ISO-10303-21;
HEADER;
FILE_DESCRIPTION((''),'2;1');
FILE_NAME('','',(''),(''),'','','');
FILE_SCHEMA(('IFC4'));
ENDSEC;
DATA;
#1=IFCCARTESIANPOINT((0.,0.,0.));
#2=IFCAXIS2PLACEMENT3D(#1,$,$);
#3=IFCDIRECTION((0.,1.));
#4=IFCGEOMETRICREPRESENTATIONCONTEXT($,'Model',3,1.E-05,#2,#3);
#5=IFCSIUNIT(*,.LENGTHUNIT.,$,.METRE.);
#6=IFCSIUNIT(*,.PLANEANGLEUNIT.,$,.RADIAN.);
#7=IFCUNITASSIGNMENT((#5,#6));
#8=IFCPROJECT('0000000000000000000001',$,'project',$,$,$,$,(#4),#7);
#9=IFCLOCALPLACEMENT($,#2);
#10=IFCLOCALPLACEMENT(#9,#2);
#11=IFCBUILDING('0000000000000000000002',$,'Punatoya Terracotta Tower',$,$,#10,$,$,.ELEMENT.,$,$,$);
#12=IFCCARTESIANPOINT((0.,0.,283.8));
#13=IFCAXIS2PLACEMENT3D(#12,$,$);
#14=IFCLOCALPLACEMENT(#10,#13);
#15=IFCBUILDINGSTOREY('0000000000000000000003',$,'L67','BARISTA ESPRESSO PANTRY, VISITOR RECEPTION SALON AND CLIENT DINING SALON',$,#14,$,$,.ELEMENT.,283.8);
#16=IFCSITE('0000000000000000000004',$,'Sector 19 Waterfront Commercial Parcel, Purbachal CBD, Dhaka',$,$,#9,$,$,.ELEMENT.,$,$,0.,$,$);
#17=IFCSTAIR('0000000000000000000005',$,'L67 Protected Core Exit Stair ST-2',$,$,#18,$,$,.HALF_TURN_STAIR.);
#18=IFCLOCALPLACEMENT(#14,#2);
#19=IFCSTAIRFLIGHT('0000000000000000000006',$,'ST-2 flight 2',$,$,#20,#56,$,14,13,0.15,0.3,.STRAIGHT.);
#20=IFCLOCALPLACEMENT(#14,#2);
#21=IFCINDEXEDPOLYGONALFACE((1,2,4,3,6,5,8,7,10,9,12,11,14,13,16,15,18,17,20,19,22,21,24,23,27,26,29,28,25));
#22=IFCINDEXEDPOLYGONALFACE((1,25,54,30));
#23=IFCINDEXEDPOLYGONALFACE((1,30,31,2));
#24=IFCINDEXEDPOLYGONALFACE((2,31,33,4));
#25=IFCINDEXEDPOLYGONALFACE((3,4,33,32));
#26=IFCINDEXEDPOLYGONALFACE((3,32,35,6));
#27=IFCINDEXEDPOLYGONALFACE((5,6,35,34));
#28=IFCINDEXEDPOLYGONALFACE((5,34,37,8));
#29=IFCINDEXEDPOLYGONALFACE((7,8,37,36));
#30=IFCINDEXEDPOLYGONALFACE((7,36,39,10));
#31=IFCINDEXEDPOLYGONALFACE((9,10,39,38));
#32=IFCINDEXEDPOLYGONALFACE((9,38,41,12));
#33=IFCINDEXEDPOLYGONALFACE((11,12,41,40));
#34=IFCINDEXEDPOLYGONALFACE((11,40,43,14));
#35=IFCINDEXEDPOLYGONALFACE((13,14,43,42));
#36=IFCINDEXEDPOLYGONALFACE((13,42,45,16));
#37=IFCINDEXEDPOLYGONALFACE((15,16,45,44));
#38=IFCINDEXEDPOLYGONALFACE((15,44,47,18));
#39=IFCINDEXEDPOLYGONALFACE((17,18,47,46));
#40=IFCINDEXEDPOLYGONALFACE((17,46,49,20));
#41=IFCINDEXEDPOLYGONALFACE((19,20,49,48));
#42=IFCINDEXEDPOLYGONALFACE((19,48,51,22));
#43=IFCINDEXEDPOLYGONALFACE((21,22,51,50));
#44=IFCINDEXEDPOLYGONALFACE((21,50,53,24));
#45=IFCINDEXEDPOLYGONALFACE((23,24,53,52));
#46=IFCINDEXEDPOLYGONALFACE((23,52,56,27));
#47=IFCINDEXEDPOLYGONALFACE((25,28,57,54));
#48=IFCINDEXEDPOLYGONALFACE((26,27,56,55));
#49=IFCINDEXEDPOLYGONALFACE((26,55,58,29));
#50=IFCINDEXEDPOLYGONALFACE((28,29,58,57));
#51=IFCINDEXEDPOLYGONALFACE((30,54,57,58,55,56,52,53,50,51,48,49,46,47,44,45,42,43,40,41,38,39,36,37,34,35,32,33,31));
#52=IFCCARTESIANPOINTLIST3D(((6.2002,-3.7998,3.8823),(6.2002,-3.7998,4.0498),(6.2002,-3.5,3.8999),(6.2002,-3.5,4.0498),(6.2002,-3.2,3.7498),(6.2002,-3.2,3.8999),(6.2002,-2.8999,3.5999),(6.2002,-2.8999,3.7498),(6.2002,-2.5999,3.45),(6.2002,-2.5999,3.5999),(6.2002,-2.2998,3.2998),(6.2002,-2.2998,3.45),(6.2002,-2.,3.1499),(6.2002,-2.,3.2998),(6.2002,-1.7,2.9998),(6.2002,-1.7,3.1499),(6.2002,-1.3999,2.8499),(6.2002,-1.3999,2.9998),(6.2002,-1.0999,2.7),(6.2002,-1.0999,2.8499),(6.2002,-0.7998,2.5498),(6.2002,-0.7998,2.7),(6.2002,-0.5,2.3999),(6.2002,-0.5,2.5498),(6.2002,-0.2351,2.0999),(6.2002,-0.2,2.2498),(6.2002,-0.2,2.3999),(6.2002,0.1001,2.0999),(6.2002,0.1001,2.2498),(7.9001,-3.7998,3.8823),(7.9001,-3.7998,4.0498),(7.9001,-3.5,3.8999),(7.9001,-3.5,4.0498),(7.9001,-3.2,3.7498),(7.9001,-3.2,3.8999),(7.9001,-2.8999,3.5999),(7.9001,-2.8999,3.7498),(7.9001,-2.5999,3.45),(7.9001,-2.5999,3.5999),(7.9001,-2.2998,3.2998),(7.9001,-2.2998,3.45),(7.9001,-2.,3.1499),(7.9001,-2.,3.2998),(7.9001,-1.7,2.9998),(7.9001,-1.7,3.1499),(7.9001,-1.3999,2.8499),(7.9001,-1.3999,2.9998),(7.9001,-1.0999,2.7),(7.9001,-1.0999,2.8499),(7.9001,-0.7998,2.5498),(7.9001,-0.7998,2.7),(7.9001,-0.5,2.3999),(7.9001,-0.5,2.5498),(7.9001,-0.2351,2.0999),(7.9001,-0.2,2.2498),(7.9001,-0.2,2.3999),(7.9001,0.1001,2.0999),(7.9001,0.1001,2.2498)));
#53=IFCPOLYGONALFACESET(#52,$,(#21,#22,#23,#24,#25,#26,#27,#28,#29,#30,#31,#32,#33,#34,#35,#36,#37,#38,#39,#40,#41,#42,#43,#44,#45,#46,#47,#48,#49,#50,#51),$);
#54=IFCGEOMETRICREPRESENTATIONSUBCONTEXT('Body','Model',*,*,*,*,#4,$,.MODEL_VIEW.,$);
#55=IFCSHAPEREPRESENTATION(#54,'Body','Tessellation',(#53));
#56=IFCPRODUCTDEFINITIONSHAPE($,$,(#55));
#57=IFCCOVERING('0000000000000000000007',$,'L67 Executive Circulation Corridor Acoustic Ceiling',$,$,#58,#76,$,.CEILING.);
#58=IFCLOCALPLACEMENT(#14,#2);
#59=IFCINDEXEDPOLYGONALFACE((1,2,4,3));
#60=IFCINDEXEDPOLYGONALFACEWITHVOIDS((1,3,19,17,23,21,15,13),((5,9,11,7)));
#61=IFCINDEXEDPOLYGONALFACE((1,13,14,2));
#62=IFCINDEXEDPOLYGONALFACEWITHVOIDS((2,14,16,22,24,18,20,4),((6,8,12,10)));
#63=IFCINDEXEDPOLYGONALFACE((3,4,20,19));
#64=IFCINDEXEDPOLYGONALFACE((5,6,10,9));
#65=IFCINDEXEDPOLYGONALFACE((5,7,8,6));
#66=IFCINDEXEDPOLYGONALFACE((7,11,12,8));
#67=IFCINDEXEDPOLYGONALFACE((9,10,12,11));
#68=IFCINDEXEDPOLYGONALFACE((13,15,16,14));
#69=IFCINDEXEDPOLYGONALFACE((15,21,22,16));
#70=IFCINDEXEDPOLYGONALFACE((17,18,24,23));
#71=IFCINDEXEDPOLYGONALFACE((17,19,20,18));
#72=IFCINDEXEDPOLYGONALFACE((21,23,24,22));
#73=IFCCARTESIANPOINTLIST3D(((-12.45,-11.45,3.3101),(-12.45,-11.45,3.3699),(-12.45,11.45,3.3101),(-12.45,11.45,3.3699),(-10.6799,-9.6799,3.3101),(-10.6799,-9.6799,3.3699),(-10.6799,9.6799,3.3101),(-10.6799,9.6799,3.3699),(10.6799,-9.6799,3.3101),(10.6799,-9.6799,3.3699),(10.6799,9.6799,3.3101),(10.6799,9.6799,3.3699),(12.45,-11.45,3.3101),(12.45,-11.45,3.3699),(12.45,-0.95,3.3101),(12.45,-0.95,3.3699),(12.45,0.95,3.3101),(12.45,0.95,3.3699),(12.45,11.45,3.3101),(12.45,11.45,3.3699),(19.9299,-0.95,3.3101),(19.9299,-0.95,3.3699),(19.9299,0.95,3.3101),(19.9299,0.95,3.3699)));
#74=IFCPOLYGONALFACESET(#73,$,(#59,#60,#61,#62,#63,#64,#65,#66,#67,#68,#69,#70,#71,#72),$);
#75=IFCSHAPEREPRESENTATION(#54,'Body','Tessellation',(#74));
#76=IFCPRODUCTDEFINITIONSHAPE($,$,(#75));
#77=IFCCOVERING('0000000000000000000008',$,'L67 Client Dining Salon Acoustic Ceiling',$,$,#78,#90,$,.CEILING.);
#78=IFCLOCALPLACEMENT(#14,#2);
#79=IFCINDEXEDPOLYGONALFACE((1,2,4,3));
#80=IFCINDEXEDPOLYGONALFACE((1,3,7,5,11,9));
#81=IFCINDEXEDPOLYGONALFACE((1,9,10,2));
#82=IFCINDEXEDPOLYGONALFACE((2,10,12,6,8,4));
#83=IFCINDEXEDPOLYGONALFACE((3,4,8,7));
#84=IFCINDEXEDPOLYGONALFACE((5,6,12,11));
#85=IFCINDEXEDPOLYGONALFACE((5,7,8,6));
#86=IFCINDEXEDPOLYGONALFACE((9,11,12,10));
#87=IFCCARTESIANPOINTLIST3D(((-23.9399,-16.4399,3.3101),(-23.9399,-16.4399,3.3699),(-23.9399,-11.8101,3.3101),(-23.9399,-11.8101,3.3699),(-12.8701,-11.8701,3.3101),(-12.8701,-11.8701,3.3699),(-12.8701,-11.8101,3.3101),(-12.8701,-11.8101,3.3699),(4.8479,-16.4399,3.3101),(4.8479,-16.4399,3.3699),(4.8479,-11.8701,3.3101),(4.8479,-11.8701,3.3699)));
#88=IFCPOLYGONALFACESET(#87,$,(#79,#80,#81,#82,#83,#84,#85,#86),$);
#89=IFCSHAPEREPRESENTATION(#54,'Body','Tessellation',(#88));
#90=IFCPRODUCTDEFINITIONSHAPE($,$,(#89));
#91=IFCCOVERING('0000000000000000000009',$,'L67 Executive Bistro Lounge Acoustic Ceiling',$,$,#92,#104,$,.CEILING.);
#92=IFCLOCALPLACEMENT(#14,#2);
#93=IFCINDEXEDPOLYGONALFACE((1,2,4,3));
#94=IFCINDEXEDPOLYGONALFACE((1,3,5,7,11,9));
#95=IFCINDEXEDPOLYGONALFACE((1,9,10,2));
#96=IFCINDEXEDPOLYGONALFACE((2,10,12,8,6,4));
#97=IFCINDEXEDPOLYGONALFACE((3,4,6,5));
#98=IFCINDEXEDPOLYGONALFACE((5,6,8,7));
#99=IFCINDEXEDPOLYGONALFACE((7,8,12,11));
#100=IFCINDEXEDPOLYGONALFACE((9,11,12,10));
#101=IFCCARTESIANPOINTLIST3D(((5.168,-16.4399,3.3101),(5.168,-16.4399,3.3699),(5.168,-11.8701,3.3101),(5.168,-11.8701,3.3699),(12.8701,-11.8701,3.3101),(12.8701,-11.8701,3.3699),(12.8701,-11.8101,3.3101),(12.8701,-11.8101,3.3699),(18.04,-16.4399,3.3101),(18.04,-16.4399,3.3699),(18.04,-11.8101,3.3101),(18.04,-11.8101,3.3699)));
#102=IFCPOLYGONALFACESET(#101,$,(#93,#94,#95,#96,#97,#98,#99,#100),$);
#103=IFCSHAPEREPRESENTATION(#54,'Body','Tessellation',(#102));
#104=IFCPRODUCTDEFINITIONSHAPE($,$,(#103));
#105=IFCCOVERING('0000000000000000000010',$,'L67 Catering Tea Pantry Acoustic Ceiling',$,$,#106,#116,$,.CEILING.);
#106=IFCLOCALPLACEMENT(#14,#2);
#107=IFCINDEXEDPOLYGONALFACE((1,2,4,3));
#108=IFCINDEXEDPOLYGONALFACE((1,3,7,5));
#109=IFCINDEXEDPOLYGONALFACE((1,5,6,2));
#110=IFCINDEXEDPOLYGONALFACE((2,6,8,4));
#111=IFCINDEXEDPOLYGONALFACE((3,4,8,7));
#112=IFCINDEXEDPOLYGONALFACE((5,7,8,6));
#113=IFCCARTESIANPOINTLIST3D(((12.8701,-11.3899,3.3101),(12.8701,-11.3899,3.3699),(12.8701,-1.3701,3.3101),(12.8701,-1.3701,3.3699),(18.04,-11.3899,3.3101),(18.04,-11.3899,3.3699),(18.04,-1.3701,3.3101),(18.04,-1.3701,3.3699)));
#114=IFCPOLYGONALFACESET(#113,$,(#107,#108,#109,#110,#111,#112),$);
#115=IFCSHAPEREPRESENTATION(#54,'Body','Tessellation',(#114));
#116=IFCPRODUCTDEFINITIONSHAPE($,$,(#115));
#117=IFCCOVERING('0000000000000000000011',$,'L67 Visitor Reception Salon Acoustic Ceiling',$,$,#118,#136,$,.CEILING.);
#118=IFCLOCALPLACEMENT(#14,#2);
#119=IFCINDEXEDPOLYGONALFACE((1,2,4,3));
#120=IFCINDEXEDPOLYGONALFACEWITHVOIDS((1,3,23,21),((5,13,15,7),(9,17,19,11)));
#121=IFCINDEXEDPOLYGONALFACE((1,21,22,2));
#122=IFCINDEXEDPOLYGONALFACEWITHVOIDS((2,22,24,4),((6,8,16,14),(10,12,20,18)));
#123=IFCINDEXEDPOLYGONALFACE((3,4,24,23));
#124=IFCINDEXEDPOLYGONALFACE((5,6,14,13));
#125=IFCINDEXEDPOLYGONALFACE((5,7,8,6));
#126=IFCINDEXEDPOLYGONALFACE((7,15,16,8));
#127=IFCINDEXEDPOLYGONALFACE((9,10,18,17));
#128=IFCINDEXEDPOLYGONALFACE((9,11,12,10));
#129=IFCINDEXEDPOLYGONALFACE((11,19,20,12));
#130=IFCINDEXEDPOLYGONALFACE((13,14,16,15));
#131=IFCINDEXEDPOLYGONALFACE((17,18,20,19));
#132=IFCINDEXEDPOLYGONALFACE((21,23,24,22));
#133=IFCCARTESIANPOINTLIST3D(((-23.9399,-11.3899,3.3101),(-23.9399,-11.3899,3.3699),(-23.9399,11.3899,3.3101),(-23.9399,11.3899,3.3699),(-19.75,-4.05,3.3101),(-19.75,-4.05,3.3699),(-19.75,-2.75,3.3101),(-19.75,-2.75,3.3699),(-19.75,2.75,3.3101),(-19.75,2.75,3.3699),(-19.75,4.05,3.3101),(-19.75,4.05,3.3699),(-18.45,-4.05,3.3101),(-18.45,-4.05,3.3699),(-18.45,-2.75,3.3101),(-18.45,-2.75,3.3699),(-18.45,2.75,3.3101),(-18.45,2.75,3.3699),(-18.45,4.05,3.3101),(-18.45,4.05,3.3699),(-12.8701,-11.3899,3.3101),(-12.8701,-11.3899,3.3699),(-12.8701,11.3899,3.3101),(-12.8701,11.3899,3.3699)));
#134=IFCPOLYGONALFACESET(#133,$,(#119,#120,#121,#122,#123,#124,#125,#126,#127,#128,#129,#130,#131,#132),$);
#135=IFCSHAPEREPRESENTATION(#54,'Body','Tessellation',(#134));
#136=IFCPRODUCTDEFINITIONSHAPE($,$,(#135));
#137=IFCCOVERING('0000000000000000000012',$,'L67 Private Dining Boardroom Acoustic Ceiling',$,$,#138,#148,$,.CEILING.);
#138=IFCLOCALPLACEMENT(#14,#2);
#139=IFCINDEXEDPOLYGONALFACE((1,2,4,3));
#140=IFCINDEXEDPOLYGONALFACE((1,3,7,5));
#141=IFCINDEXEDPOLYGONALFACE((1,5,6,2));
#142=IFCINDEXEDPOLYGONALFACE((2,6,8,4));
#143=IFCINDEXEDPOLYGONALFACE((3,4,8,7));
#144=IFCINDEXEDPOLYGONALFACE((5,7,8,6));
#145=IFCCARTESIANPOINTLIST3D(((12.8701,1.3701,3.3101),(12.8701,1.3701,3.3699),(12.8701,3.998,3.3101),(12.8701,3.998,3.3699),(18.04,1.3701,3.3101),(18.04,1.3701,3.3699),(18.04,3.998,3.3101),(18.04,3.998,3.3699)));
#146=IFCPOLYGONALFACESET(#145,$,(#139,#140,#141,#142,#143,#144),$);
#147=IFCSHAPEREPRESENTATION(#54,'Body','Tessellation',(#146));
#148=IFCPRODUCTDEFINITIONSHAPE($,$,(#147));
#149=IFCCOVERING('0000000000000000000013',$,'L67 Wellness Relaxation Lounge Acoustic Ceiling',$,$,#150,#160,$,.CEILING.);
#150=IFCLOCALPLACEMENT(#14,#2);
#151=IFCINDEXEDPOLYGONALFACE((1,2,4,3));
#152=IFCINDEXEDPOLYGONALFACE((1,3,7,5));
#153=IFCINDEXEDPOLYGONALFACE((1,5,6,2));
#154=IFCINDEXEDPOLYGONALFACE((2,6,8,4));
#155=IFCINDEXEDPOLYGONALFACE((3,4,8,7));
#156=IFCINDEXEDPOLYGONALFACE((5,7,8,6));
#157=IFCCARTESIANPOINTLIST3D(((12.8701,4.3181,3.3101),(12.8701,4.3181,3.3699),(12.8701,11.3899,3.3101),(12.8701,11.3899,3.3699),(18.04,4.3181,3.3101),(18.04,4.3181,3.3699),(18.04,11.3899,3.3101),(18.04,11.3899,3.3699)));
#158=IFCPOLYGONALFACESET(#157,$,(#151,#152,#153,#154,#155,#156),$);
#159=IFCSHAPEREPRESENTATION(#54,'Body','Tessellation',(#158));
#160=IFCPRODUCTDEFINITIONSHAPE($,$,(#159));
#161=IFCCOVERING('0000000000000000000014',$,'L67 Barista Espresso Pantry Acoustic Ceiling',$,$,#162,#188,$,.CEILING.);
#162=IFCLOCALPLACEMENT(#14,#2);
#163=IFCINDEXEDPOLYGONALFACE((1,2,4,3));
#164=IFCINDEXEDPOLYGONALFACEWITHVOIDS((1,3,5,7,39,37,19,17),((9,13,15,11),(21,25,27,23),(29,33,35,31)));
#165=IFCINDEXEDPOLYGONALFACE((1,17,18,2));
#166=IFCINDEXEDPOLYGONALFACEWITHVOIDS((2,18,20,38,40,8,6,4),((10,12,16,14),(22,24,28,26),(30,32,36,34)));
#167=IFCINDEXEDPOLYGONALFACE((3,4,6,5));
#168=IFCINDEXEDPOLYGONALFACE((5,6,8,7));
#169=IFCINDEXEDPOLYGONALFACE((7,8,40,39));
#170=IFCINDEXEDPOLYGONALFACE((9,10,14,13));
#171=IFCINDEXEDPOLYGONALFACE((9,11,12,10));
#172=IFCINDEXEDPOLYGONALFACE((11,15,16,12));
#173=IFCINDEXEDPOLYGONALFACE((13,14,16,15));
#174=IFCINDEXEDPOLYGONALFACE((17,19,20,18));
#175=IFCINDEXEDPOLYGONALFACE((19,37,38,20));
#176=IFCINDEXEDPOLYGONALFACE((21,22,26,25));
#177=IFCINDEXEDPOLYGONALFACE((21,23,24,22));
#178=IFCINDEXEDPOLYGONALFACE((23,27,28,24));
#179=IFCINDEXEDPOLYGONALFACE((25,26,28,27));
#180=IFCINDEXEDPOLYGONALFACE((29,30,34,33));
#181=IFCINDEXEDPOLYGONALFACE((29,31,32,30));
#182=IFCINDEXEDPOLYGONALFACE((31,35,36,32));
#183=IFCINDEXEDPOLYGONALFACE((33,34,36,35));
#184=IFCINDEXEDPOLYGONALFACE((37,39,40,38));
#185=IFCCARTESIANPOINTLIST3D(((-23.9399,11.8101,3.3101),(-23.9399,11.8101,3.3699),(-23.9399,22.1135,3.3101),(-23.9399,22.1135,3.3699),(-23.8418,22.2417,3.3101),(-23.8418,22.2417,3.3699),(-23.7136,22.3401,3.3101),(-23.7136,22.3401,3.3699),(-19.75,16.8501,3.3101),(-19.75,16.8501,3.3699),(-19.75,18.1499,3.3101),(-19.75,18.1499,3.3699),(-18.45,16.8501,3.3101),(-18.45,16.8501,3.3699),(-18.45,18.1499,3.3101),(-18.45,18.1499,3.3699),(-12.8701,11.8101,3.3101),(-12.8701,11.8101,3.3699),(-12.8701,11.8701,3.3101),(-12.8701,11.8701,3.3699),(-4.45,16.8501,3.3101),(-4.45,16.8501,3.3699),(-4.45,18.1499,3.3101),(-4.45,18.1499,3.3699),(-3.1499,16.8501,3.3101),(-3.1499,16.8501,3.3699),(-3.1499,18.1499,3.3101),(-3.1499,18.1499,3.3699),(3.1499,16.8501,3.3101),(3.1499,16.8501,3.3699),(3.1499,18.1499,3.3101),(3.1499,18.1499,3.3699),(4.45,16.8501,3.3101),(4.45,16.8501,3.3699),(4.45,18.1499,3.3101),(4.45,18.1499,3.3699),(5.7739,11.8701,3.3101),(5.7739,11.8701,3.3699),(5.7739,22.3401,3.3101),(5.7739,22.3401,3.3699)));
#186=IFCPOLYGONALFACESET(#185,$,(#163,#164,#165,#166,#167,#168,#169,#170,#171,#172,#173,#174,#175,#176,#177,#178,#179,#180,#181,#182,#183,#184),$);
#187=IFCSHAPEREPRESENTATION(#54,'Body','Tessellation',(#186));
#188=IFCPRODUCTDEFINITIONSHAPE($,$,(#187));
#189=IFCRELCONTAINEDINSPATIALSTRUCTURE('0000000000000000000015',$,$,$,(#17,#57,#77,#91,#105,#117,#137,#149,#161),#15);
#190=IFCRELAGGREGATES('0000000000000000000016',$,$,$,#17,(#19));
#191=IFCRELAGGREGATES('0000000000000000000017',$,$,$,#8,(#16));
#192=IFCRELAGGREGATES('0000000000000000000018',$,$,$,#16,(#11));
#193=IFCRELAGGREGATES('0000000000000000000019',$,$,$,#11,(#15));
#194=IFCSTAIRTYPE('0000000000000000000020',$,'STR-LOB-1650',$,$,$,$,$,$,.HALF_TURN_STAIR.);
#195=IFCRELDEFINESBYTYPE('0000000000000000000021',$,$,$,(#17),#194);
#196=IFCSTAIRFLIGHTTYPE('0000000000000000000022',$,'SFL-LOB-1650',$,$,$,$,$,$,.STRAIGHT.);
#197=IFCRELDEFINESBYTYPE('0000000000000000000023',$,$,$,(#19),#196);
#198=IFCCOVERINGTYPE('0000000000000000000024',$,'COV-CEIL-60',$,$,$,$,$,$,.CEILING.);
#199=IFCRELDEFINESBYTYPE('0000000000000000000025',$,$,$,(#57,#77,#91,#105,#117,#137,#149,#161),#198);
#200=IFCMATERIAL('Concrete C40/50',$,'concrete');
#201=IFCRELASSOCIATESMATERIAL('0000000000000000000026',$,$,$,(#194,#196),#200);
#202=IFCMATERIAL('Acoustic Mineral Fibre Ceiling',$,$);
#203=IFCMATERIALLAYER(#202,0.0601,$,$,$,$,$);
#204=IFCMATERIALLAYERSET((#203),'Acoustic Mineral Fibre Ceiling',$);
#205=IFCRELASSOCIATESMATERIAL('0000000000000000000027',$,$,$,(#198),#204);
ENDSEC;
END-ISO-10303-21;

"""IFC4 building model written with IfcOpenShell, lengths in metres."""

from ifc_helpers import new_model, si_unit, direction, frame, origin, place, context, subcontext, project, spatial, polyline, outline, extrude, material, layer, layer_set, type_object, element, aggregate, save


model = new_model("IFC4")

# Units and contexts
model_context = context("Model", 3, precision=1e-05, world=origin(), true_north=direction((0.0, 1.0)))
body_context = subcontext(model_context, "Body", "Model", "MODEL_VIEW")
ifc_project = project(units=[si_unit("LENGTHUNIT", "METRE"), si_unit("PLANEANGLEUNIT", "RADIAN")], contexts=[model_context])

# Site, building, storey
site_placement = place(None, origin())
site = spatial("IfcSite", under=ifc_project, at=site_placement, Name="Sector 19 Waterfront Commercial Parcel, Purbachal CBD, Dhaka", CompositionType="ELEMENT", RefElevation=0.0)
building_placement = place(site_placement, origin())
building = spatial("IfcBuilding", under=site, at=building_placement, Name="Punatoya Terracotta Tower", CompositionType="ELEMENT")
storey_placement = place(building_placement, frame((0.0, 0.0, 283.8)))
storey = spatial("IfcBuildingStorey", under=building, at=storey_placement, Name="L67", Description="BARISTA ESPRESSO PANTRY, VISITOR RECEPTION SALON AND CLIENT DINING SALON", CompositionType="ELEMENT", Elevation=283.8)

# Stair
ifc_material_1 = material(Name="Concrete C40/50", Category="concrete")
stair_type_1 = type_object("IfcStairType", Name="STR-LOB-1650", PredefinedType="HALF_TURN_STAIR", material=ifc_material_1)
stair_1_placement = place(storey_placement, origin())
stair_1 = element("IfcStair", 1, at=stair_1_placement, inside=storey, type_object=stair_type_1, Name="L67 Protected Core Exit Stair ST-2", PredefinedType="HALF_TURN_STAIR")

# Stair flight
stair_flight_type = type_object("IfcStairFlightType", Name="SFL-LOB-1650", PredefinedType="STRAIGHT", material=ifc_material_1)
stair_flight_placement = place(storey_placement, frame((7.05, 0.1001, 2.0999), z_axis=(0.0, 0.0, 1.0), x_axis=(0.0, -1.0, 0.0)))
stair_flight = element("IfcStairFlight", 2, at=stair_flight_placement, type_object=stair_flight_type, Name="ST-2 flight 2", NumberOfRisers=14, NumberOfTreads=13, PredefinedType="STRAIGHT", RiserHeight=0.15, TreadLength=0.3, context=body_context, shape_type="SweptSolid", body=[
    extrude(outline(polyline([(0.0, 0.0), (0.0, 0.1499), (0.3, 0.1499), (0.3, 0.3), (0.6001, 0.3), (0.6001, 0.45), (0.8999, 0.45), (0.8999, 0.6001), (1.2, 0.6001), (1.2, 0.75), (1.5, 0.75), (1.5, 0.8999), (1.8, 0.8999), (1.8, 1.05), (2.1001, 1.05), (2.1001, 1.2), (2.3999, 1.2), (2.3999, 1.3501), (2.7, 1.3501), (2.7, 1.5), (3.0, 1.5), (3.0, 1.6499), (3.3, 1.6499), (3.3, 1.8), (3.6001, 1.8), (3.6001, 1.95), (3.8999, 1.95), (3.8999, 2.1001), (3.8999, 1.7825), (0.3352, 0.0), (0.0, 0.0)])), frame((0.0, 0.8501, 0.0), z_axis=(0.0, -1.0, 0.0), x_axis=(1.0, 0.0, 0.0)), (0.0, 0.0, 1.0), 1.7),
])
aggregate(stair_1, [stair_flight])

# Coverings
ifc_material_2 = material(Name="Acoustic Mineral Fibre Ceiling")
ifc_layer_1 = layer(ifc_material_2, 0.0601)
ifc_layer_set_1 = layer_set([ifc_layer_1], Name="Acoustic Mineral Fibre Ceiling")
covering_type_1 = type_object("IfcCoveringType", Name="COV-CEIL-60", PredefinedType="CEILING", material=ifc_layer_set_1)
covering_1_placement = place(storey_placement, frame((0.0, 0.0, 3.3101)))
element("IfcCovering", 3, at=covering_1_placement, inside=storey, type_object=covering_type_1, Name="L67 Executive Circulation Corridor Acoustic Ceiling", PredefinedType="CEILING", context=body_context, shape_type="SweptSolid", body=[
    extrude(outline(polyline([(12.45, -0.95), (19.9299, -0.95), (19.9299, 0.95), (12.45, 0.95), (12.45, 11.45), (-12.45, 11.45), (-12.45, -11.45), (12.45, -11.45), (12.45, -0.95)]), holes=[polyline([(-10.6799, -9.6799), (-10.6799, 9.6799), (10.6799, 9.6799), (10.6799, -9.6799), (-10.6799, -9.6799)])]), origin(), (0.0, 0.0, 1.0), 0.0598),
])
covering_2_placement = place(storey_placement, frame((0.0, 0.0, 3.3101)))
element("IfcCovering", 4, at=covering_2_placement, inside=storey, type_object=covering_type_1, Name="L67 Client Dining Salon Acoustic Ceiling", PredefinedType="CEILING", context=body_context, shape_type="SweptSolid", body=[
    extrude(outline(polyline([(-12.8701, -11.8701), (-12.8701, -11.8101), (-23.9399, -11.8101), (-23.9399, -16.4399), (4.8479, -16.4399), (4.8479, -11.8701), (-12.8701, -11.8701)])), origin(), (0.0, 0.0, 1.0), 0.0598),
])
covering_3_placement = place(storey_placement, frame((0.0, 0.0, 3.3101)))
element("IfcCovering", 5, at=covering_3_placement, inside=storey, type_object=covering_type_1, Name="L67 Executive Bistro Lounge Acoustic Ceiling", PredefinedType="CEILING", context=body_context, shape_type="SweptSolid", body=[
    extrude(outline(polyline([(12.8701, -11.8701), (5.168, -11.8701), (5.168, -16.4399), (18.04, -16.4399), (18.04, -11.8101), (12.8701, -11.8101), (12.8701, -11.8701)])), origin(), (0.0, 0.0, 1.0), 0.0598),
])
covering_4_placement = place(storey_placement, frame((0.0, 0.0, 3.3101)))
element("IfcCovering", 6, at=covering_4_placement, inside=storey, type_object=covering_type_1, Name="L67 Catering Tea Pantry Acoustic Ceiling", PredefinedType="CEILING", context=body_context, shape_type="SweptSolid", body=[
    extrude(outline(polyline([(18.04, -11.3899), (18.04, -1.3701), (12.8701, -1.3701), (12.8701, -11.3899), (18.04, -11.3899)])), origin(), (0.0, 0.0, 1.0), 0.0598),
])
covering_5_placement = place(storey_placement, frame((0.0, 0.0, 3.3101)))
element("IfcCovering", 7, at=covering_5_placement, inside=storey, type_object=covering_type_1, Name="L67 Visitor Reception Salon Acoustic Ceiling", PredefinedType="CEILING", context=body_context, shape_type="SweptSolid", body=[
    extrude(outline(polyline([(-12.8701, -11.3899), (-12.8701, 11.3899), (-23.9399, 11.3899), (-23.9399, -11.3899), (-12.8701, -11.3899)]), holes=[polyline([(-18.45, -4.05), (-19.75, -4.05), (-19.75, -2.75), (-18.45, -2.75), (-18.45, -4.05)]), polyline([(-18.45, 4.05), (-18.45, 2.75), (-19.75, 2.75), (-19.75, 4.05), (-18.45, 4.05)])]), origin(), (0.0, 0.0, 1.0), 0.0598),
])
covering_6_placement = place(storey_placement, frame((0.0, 0.0, 3.3101)))
element("IfcCovering", 8, at=covering_6_placement, inside=storey, type_object=covering_type_1, Name="L67 Private Dining Boardroom Acoustic Ceiling", PredefinedType="CEILING", context=body_context, shape_type="SweptSolid", body=[
    extrude(outline(polyline([(18.04, 1.3701), (18.04, 3.998), (12.8701, 3.998), (12.8701, 1.3701), (18.04, 1.3701)])), origin(), (0.0, 0.0, 1.0), 0.0598),
])
covering_7_placement = place(storey_placement, frame((0.0, 0.0, 3.3101)))
element("IfcCovering", 9, at=covering_7_placement, inside=storey, type_object=covering_type_1, Name="L67 Wellness Relaxation Lounge Acoustic Ceiling", PredefinedType="CEILING", context=body_context, shape_type="SweptSolid", body=[
    extrude(outline(polyline([(18.04, 4.3181), (18.04, 11.3899), (12.8701, 11.3899), (12.8701, 4.3181), (18.04, 4.3181)])), origin(), (0.0, 0.0, 1.0), 0.0598),
])
covering_8_placement = place(storey_placement, frame((0.0, 0.0, 3.3101)))
element("IfcCovering", 10, at=covering_8_placement, inside=storey, type_object=covering_type_1, Name="L67 Barista Espresso Pantry Acoustic Ceiling", PredefinedType="CEILING", context=body_context, shape_type="SweptSolid", body=[
    extrude(outline(polyline([(-23.7136, 22.3401), (-23.8418, 22.2417), (-23.9399, 22.1135), (-23.9399, 11.8101), (-12.8701, 11.8101), (-12.8701, 11.8701), (5.7739, 11.8701), (5.7739, 22.3401), (-23.7136, 22.3401)]), holes=[polyline([(4.45, 16.8501), (3.1499, 16.8501), (3.1499, 18.1499), (4.45, 18.1499), (4.45, 16.8501)]), polyline([(-4.45, 16.8501), (-4.45, 18.1499), (-3.1499, 18.1499), (-3.1499, 16.8501), (-4.45, 16.8501)]), polyline([(-19.75, 18.1499), (-18.45, 18.1499), (-18.45, 16.8501), (-19.75, 16.8501), (-19.75, 18.1499)])]), origin(), (0.0, 0.0, 1.0), 0.0598),
])

save(model, "model.ifc")
